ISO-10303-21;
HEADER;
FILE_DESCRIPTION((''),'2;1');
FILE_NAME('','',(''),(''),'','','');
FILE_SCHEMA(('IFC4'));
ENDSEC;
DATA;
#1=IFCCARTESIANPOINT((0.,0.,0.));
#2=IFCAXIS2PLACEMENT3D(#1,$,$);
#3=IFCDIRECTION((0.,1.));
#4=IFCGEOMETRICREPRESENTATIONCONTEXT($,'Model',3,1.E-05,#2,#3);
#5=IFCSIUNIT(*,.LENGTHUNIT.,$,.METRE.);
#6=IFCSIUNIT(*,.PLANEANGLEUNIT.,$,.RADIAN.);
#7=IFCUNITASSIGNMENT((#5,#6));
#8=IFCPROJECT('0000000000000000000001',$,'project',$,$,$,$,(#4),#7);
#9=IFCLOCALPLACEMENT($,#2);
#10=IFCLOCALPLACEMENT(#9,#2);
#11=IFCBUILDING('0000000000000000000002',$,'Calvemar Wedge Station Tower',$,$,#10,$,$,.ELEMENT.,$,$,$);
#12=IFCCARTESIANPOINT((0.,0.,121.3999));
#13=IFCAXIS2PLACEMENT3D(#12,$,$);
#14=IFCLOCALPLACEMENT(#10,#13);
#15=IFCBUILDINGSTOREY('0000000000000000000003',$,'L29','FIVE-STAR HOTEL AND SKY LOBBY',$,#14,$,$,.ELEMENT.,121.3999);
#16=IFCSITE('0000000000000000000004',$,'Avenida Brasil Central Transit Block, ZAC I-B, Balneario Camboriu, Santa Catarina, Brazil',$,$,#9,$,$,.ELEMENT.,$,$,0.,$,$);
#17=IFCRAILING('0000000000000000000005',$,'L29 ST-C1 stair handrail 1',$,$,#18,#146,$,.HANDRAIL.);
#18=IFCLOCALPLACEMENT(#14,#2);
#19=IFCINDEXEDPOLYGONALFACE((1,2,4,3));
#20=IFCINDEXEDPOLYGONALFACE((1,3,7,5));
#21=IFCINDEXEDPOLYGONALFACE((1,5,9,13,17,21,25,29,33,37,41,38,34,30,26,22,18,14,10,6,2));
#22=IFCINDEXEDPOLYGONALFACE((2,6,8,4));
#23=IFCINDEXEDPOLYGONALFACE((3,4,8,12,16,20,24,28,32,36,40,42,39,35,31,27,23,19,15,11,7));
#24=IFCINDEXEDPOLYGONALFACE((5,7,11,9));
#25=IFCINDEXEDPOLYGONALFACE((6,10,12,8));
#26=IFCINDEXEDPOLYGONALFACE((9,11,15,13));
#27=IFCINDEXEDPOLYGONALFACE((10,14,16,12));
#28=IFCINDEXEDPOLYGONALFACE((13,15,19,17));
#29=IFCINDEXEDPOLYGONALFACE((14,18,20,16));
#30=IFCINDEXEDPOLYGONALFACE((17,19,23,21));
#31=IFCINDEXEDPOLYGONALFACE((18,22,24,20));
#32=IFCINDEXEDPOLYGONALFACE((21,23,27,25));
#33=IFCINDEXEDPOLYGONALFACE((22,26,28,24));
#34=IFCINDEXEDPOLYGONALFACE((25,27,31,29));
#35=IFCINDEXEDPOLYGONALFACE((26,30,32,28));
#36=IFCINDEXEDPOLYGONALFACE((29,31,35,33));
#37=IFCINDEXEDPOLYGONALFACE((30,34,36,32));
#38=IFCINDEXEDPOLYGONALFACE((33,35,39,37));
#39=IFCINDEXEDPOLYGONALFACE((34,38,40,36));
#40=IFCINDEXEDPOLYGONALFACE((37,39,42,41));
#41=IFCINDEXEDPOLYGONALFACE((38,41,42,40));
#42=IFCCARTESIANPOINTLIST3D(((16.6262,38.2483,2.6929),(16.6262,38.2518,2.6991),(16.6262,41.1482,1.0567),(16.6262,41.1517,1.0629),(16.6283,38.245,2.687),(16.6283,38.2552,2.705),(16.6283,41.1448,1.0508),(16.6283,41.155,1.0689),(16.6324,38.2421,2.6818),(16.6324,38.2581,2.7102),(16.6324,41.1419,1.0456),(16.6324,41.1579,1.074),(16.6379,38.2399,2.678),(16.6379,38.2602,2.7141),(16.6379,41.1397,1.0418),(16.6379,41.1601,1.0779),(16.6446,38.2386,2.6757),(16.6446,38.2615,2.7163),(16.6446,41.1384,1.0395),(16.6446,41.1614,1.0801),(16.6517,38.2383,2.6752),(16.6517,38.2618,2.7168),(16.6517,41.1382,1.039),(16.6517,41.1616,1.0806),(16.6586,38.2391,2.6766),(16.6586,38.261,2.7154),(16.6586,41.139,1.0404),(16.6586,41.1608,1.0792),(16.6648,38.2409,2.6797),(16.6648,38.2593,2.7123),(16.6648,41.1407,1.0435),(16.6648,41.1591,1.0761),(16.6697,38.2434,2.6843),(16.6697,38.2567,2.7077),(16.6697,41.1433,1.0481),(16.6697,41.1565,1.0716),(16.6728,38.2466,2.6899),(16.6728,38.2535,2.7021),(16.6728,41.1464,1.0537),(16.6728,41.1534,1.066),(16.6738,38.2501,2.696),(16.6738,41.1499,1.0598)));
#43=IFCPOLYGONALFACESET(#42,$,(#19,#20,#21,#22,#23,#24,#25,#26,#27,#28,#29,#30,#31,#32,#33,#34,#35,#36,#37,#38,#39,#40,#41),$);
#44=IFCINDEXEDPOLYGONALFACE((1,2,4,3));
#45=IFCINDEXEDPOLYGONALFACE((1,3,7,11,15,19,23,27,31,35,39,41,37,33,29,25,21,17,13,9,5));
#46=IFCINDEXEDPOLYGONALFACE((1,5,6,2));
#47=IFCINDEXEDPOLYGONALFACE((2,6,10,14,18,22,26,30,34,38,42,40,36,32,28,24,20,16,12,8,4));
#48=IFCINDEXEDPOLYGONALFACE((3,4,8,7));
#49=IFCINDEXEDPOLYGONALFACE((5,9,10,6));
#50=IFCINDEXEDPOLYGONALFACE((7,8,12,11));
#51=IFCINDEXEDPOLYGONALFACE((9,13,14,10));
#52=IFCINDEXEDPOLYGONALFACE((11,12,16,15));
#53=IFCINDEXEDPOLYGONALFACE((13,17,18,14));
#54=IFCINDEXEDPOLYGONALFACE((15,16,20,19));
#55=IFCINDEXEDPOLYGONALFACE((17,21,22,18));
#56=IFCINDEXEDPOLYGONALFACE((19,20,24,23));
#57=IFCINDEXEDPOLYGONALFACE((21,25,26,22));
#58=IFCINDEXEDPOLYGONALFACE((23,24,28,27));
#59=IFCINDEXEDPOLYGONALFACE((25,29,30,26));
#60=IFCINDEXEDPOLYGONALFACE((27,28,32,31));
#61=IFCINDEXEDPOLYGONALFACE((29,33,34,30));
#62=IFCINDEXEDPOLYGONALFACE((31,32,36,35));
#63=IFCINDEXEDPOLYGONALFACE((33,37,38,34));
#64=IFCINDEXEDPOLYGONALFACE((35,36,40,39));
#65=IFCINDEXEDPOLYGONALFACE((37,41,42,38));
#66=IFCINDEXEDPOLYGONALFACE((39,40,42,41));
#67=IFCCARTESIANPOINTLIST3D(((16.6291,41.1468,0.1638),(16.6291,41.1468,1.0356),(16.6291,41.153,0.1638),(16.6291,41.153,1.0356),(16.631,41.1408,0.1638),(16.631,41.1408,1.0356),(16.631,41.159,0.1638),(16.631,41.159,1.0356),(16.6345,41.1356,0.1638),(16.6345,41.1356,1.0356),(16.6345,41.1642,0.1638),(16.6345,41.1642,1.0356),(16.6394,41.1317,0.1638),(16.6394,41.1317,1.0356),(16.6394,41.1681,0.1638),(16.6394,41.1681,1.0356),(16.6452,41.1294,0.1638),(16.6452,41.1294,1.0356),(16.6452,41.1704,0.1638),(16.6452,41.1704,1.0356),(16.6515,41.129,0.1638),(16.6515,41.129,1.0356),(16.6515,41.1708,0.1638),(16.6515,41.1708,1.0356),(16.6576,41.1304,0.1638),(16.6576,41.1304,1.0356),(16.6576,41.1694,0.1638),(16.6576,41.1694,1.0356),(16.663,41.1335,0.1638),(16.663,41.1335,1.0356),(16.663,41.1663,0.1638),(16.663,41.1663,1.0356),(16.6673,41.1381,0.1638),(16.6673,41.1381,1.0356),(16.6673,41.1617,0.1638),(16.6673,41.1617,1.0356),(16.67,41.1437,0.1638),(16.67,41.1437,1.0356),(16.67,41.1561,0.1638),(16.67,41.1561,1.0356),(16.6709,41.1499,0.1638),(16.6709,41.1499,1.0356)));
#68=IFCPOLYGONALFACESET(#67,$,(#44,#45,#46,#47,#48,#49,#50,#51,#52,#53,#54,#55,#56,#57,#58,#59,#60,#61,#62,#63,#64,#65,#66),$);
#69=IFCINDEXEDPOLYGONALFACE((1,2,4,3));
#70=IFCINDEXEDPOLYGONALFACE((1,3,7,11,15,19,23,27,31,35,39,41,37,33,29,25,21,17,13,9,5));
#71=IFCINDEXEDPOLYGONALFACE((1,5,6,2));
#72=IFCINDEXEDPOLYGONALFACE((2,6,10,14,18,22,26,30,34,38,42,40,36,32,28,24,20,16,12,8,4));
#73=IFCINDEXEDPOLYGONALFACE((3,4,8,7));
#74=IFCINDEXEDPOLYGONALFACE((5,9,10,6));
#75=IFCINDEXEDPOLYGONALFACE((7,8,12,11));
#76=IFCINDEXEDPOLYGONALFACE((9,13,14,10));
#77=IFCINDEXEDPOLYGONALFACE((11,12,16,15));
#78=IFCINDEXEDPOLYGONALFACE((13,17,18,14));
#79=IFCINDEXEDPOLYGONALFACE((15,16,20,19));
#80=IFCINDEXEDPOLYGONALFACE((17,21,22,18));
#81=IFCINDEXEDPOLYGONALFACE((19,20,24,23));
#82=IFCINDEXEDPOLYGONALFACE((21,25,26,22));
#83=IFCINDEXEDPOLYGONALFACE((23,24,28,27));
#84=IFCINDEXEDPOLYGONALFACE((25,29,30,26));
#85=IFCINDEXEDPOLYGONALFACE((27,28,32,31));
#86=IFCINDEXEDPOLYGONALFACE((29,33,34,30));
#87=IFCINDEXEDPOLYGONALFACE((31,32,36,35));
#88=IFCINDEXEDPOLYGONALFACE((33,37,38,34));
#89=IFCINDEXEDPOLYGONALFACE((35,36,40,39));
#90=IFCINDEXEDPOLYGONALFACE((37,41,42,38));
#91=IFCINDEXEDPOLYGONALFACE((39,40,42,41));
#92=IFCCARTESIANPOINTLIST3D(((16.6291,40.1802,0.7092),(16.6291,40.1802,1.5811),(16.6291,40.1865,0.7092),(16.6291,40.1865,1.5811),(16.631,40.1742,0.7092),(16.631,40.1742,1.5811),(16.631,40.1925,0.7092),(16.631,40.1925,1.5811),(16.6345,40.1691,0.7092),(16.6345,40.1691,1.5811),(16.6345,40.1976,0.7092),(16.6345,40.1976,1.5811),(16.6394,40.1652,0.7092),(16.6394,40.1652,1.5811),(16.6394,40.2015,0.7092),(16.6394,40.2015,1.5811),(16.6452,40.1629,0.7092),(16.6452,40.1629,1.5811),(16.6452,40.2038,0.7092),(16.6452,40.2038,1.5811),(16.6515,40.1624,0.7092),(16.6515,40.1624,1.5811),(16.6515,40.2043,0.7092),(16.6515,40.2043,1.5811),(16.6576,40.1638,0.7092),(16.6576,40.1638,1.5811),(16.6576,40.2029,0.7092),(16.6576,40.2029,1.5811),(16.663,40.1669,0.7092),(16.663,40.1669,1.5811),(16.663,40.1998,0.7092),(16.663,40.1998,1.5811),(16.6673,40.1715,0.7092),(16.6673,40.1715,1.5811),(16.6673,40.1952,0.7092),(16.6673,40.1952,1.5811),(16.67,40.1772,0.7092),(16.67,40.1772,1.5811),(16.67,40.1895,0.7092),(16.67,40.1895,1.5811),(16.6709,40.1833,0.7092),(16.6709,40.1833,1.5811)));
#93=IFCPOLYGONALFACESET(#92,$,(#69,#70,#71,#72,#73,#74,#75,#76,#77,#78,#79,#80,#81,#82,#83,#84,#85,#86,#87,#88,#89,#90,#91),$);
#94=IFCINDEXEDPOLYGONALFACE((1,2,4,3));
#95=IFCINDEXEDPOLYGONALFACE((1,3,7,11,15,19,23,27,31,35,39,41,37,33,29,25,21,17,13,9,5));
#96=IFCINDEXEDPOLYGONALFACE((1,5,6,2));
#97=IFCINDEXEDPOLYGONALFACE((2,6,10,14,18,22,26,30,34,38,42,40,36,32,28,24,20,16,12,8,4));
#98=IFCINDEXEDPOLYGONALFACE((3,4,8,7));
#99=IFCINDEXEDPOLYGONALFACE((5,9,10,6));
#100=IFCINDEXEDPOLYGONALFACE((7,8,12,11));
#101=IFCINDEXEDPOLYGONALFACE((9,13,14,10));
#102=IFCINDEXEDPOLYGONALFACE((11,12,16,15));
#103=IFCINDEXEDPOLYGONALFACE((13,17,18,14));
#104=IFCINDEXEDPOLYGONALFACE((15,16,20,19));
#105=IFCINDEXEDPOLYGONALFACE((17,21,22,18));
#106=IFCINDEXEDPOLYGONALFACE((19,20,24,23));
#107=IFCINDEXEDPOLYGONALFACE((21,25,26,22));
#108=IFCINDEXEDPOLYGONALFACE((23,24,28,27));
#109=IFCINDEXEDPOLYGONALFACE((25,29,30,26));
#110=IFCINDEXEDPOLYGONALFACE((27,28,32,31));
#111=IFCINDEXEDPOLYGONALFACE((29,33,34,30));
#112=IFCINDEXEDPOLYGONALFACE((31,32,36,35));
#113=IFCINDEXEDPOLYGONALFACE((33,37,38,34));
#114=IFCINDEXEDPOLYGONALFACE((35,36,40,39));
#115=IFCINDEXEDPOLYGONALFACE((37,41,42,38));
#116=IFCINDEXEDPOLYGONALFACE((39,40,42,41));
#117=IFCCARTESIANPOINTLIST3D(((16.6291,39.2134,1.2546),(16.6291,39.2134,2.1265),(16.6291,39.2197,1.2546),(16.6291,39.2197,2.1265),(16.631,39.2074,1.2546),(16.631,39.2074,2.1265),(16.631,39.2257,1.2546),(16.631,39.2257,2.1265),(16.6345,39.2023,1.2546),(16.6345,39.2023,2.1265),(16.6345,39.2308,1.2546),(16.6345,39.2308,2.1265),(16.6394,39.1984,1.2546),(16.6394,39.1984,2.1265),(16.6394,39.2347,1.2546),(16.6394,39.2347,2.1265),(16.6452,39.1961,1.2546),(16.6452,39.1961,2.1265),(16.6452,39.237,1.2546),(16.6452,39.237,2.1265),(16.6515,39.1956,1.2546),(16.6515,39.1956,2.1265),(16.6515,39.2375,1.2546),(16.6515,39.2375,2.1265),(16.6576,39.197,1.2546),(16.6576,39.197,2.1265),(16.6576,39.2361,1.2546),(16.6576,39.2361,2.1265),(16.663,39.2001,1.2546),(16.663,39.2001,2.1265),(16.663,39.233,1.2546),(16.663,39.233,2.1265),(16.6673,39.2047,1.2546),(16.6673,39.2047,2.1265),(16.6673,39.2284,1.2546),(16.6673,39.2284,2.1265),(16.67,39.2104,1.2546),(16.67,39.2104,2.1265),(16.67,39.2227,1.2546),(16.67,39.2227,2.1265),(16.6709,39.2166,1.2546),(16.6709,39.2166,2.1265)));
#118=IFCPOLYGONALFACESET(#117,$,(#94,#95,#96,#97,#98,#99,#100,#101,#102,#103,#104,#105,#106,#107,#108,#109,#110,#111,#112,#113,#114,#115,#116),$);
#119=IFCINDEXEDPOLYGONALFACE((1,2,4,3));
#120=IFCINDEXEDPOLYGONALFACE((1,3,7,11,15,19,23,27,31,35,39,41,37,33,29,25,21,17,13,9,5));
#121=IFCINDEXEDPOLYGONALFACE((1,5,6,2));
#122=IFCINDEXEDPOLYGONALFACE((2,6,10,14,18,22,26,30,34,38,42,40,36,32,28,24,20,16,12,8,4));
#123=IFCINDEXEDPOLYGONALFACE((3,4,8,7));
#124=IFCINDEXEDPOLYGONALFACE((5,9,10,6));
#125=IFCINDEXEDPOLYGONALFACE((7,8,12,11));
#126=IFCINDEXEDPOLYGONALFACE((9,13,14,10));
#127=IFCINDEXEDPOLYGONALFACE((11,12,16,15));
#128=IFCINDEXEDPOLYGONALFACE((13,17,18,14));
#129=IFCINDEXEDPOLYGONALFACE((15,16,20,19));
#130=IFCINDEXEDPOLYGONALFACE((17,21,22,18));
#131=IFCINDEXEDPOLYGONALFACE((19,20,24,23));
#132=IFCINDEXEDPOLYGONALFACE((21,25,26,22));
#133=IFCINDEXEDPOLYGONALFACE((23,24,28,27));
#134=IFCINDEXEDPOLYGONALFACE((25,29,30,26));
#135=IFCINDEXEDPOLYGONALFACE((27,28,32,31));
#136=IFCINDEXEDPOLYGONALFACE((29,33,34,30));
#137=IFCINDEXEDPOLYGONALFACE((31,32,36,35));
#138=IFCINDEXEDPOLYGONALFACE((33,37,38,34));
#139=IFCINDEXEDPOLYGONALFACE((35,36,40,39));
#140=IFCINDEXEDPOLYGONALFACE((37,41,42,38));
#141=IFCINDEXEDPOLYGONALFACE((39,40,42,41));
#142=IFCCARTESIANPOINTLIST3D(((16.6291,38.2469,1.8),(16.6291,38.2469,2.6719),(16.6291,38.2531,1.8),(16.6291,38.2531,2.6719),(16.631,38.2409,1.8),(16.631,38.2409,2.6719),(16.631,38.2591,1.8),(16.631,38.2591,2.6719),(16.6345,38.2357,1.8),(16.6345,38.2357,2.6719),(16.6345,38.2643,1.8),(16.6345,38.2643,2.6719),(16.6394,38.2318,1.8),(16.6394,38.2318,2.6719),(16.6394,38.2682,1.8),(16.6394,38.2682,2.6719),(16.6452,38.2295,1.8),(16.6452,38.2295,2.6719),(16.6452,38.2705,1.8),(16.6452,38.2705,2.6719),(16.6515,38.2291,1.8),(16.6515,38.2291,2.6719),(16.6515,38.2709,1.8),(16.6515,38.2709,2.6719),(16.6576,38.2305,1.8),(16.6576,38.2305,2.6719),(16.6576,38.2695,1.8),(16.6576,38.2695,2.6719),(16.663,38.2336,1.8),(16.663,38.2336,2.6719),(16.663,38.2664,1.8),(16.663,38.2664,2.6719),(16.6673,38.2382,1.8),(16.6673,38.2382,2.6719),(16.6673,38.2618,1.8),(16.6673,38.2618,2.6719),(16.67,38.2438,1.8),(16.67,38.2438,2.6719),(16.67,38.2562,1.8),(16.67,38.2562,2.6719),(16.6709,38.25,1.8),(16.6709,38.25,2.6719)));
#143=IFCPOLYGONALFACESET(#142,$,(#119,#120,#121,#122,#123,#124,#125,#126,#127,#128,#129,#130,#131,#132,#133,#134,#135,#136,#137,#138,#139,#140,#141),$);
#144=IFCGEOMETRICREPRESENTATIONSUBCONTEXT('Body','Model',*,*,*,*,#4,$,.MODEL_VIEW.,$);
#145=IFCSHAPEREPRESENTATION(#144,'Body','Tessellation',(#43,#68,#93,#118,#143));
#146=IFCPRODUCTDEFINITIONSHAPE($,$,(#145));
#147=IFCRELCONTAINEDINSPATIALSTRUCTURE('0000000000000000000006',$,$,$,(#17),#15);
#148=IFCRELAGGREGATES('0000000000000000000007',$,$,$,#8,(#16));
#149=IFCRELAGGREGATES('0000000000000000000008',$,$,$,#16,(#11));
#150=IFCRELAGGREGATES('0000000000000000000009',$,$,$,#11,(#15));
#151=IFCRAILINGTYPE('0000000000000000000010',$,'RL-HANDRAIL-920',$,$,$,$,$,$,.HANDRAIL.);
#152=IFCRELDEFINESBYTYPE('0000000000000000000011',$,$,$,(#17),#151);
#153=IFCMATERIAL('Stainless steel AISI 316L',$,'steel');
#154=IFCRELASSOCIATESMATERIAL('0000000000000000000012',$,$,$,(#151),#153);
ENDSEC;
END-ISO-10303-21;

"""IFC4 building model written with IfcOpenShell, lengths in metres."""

from ifc_helpers import new_model, si_unit, direction, frame, origin, origin_2d, place, context, subcontext, project, spatial, circle, extrude, material, type_object, element, save


model = new_model("IFC4")

# Units and contexts
model_context = context("Model", 3, precision=1e-05, world=origin(), true_north=direction((0.0, 1.0)))
body_context = subcontext(model_context, "Body", "Model", "MODEL_VIEW")
ifc_project = project(units=[si_unit("LENGTHUNIT", "METRE"), si_unit("PLANEANGLEUNIT", "RADIAN")], contexts=[model_context])

# Site, building, storey
site_placement = place(None, origin())
site = spatial("IfcSite", under=ifc_project, at=site_placement, Name="Avenida Brasil Central Transit Block, ZAC I-B, Balneario Camboriu, Santa Catarina, Brazil", CompositionType="ELEMENT", RefElevation=0.0)
building_placement = place(site_placement, origin())
building = spatial("IfcBuilding", under=site, at=building_placement, Name="Calvemar Wedge Station Tower", CompositionType="ELEMENT")
storey_placement = place(building_placement, frame((0.0, 0.0, 121.3999)))
storey = spatial("IfcBuildingStorey", under=building, at=storey_placement, Name="L29", Description="FIVE-STAR HOTEL AND SKY LOBBY", CompositionType="ELEMENT", Elevation=121.3999)

# Railing
ifc_material_1 = material(Name="Stainless steel AISI 316L", Category="steel")
railing_type_1 = type_object("IfcRailingType", Name="RL-HANDRAIL-920", PredefinedType="HANDRAIL", material=ifc_material_1)
railing_1_placement = place(storey_placement, frame((16.6499, 41.1499, 0.1638)))
element("IfcRailing", 1, at=railing_1_placement, inside=storey, type_object=railing_type_1, Name="L29 ST-C1 stair handrail 1", PredefinedType="HANDRAIL", context=body_context, shape_type="SweptSolid", body=[
    extrude(circle(Radius=0.0239, at=origin_2d()), frame((0.0, 0.0, 0.896), z_axis=(0.0, -0.870929, 0.49141), x_axis=(1.0, 0.0, 0.0)), (0.0, 0.0, 1.0), 3.3296),
    extrude(circle(Radius=0.021, at=origin_2d()), origin(), (0.0, 0.0, 1.0), 0.8718),
    extrude(circle(Radius=0.021, at=origin_2d()), frame((0.0, -0.9666, 0.5454)), (0.0, 0.0, 1.0), 0.8718),
    extrude(circle(Radius=0.021, at=origin_2d()), frame((0.0, -1.9333, 1.0908)), (0.0, 0.0, 1.0), 0.8718),
    extrude(circle(Radius=0.021, at=origin_2d()), frame((0.0, -2.8999, 1.6362)), (0.0, 0.0, 1.0), 0.8718),
])

save(model, "model.ifc")
